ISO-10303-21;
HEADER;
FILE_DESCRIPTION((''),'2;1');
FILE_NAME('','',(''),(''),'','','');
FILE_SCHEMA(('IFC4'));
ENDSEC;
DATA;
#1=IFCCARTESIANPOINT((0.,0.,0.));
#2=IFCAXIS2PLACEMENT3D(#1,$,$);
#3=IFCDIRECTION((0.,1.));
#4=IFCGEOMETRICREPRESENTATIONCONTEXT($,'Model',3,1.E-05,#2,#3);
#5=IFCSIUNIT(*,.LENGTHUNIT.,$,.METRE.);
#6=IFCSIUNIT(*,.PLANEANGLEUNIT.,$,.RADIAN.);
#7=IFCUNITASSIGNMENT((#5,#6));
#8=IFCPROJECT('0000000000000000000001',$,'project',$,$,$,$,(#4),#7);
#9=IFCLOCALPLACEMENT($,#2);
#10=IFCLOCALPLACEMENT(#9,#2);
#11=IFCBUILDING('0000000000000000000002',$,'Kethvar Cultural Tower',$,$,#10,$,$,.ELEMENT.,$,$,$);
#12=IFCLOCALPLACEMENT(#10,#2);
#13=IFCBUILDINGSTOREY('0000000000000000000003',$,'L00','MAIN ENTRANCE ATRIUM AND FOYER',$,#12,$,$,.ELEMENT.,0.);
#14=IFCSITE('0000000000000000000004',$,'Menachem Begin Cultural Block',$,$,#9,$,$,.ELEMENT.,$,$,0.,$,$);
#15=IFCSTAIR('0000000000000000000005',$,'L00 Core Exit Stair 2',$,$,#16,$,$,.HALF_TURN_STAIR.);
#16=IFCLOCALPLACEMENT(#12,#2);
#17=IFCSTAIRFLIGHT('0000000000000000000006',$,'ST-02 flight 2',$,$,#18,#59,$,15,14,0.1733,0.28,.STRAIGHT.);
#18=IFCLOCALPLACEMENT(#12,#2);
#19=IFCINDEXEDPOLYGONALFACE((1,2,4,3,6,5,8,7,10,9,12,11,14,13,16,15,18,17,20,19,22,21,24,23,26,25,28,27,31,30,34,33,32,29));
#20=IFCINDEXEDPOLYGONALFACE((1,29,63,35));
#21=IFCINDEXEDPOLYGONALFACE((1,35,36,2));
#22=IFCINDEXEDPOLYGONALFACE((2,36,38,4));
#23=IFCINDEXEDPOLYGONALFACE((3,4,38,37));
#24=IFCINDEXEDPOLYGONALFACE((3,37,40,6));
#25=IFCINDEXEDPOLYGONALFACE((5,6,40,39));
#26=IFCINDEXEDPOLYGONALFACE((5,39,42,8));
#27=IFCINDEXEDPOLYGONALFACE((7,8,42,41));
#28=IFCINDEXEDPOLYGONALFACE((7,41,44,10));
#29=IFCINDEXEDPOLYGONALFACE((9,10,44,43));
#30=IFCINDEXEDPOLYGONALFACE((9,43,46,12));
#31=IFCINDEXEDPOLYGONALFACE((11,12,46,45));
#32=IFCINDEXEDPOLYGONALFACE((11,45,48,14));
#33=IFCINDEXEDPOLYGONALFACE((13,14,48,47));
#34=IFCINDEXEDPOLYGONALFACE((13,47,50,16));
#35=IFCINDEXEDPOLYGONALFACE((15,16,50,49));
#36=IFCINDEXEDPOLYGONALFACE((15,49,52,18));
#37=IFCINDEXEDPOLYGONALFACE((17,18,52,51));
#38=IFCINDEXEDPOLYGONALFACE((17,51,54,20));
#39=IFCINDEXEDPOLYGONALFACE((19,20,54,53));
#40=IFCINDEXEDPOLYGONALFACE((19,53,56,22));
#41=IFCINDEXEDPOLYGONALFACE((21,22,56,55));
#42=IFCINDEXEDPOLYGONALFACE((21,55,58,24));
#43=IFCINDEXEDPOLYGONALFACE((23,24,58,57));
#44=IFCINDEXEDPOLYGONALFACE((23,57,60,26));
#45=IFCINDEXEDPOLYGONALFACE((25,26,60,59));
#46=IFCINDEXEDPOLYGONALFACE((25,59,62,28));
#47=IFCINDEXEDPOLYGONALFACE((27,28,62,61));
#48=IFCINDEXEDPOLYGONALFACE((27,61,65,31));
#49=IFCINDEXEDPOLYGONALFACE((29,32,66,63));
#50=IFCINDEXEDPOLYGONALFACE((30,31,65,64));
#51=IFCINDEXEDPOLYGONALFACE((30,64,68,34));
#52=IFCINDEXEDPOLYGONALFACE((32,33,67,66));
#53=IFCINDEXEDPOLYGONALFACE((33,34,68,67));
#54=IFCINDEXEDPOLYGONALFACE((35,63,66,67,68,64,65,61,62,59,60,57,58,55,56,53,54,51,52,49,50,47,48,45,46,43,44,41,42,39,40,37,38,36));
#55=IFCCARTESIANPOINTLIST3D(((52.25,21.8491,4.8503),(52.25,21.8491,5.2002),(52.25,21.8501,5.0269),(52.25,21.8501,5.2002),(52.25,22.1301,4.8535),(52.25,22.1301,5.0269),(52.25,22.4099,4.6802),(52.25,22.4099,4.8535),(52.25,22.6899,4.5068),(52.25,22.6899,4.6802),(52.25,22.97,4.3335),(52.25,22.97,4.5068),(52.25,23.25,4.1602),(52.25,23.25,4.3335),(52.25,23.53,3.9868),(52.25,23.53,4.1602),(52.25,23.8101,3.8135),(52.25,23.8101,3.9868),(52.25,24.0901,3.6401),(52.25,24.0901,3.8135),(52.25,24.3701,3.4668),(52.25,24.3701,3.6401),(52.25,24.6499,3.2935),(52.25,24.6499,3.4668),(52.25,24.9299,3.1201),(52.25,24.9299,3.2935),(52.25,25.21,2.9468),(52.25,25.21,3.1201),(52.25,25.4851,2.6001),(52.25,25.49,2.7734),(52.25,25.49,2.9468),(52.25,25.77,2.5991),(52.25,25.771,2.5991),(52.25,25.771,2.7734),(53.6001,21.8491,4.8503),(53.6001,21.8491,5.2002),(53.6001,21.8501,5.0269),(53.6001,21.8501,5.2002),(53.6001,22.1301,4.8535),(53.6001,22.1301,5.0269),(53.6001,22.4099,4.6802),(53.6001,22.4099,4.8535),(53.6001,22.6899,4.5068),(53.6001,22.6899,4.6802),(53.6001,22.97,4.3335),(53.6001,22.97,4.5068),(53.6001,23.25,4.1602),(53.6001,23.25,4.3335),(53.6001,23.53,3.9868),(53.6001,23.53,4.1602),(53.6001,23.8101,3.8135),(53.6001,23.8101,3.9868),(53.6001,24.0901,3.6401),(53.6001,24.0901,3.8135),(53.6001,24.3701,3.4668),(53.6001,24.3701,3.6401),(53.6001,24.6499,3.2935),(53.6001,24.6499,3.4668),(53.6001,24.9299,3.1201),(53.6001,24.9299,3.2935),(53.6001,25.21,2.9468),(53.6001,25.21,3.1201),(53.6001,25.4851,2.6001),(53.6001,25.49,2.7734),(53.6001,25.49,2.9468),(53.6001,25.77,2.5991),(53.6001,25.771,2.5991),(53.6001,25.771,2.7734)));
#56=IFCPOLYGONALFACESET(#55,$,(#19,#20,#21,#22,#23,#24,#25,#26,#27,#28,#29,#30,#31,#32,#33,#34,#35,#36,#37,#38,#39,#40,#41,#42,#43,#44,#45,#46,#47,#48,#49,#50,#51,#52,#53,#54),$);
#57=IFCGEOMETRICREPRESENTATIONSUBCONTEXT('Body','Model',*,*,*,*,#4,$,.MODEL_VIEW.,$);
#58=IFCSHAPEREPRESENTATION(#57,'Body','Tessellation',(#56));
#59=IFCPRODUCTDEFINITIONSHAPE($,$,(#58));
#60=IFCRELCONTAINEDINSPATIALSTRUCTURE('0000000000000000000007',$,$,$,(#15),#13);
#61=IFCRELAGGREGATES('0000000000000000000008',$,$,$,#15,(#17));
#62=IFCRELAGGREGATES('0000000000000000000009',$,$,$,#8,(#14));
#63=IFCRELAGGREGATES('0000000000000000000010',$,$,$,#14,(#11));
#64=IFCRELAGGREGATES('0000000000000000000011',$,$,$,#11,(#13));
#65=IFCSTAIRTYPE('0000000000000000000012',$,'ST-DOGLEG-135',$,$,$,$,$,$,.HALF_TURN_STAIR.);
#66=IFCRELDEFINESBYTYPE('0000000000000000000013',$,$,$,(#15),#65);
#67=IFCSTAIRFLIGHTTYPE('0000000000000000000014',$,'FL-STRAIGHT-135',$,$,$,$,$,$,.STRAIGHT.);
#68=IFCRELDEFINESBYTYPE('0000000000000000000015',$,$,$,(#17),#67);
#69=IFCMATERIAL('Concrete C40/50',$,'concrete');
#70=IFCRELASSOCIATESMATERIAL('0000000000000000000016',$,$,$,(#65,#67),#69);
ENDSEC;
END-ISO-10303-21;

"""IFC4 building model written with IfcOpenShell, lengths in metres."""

from ifc_helpers import new_model, si_unit, direction, frame, origin, place, context, subcontext, project, spatial, polyline, outline, extrude, material, type_object, element, aggregate, save


model = new_model("IFC4")

# Units and contexts
model_context = context("Model", 3, precision=1e-05, world=origin(), true_north=direction((0.0, 1.0)))
body_context = subcontext(model_context, "Body", "Model", "MODEL_VIEW")
ifc_project = project(units=[si_unit("LENGTHUNIT", "METRE"), si_unit("PLANEANGLEUNIT", "RADIAN")], contexts=[model_context])

# Site, building, storey
site_placement = place(None, origin())
site = spatial("IfcSite", under=ifc_project, at=site_placement, Name="Menachem Begin Cultural Block", CompositionType="ELEMENT", RefElevation=0.0)
building_placement = place(site_placement, origin())
building = spatial("IfcBuilding", under=site, at=building_placement, Name="Kethvar Cultural Tower", CompositionType="ELEMENT")
storey_placement = place(building_placement, origin())
storey = spatial("IfcBuildingStorey", under=building, at=storey_placement, Name="L00", Description="MAIN ENTRANCE ATRIUM AND FOYER", CompositionType="ELEMENT", Elevation=0.0)

# Shared definitions
ifc_material_1 = material(Name="Concrete C40/50", Category="concrete")

# Stair, stair flight
stair_type = type_object("IfcStairType", Name="ST-DOGLEG-135", PredefinedType="HALF_TURN_STAIR", material=ifc_material_1)
stair_placement = place(storey_placement, origin())
stair = element("IfcStair", 1, at=stair_placement, inside=storey, type_object=stair_type, Name="L00 Core Exit Stair 2", PredefinedType="HALF_TURN_STAIR")
stair_flight_type = type_object("IfcStairFlightType", Name="FL-STRAIGHT-135", PredefinedType="STRAIGHT", material=ifc_material_1)
stair_flight_1_placement = place(storey_placement, frame((52.925, 25.77, 2.6001), z_axis=(0.0, 0.0, 1.0), x_axis=(0.0, -1.0, 0.0)))
stair_flight_1 = element("IfcStairFlight", 2, at=stair_flight_1_placement, type_object=stair_flight_type, Name="ST-02 flight 2", NumberOfRisers=15, NumberOfTreads=14, PredefinedType="STRAIGHT", RiserHeight=0.1733, TreadLength=0.28, context=body_context, shape_type="SweptSolid", body=[
    extrude(outline(polyline([(-0.001, -0.001), (-0.001, 0.1733), (0.28, 0.1733), (0.28, 0.3467), (0.5601, 0.3467), (0.5601, 0.52), (0.8401, 0.52), (0.8401, 0.6934), (1.1201, 0.6934), (1.1201, 0.8667), (1.3999, 0.8667), (1.3999, 1.04), (1.6799, 1.04), (1.6799, 1.2134), (1.96, 1.2134), (1.96, 1.3867), (2.24, 1.3867), (2.24, 1.5601), (2.52, 1.5601), (2.52, 1.7334), (2.8, 1.7334), (2.8, 1.9067), (3.0801, 1.9067), (3.0801, 2.0801), (3.3601, 2.0801), (3.3601, 2.2534), (3.6399, 2.2534), (3.6399, 2.4268), (3.9199, 2.4268), (3.9199, 2.6001), (3.9209, 2.6001), (3.9209, 2.2502), (0.2849, 0.0), (0.0, -0.001), (-0.001, -0.001)])), frame((0.0, 0.675, 0.0), z_axis=(0.0, -1.0, 0.0), x_axis=(1.0, 0.0, 0.0)), (0.0, 0.0, 1.0), 1.3501),
])
aggregate(stair, [stair_flight_1])

save(model, "model.ifc")
